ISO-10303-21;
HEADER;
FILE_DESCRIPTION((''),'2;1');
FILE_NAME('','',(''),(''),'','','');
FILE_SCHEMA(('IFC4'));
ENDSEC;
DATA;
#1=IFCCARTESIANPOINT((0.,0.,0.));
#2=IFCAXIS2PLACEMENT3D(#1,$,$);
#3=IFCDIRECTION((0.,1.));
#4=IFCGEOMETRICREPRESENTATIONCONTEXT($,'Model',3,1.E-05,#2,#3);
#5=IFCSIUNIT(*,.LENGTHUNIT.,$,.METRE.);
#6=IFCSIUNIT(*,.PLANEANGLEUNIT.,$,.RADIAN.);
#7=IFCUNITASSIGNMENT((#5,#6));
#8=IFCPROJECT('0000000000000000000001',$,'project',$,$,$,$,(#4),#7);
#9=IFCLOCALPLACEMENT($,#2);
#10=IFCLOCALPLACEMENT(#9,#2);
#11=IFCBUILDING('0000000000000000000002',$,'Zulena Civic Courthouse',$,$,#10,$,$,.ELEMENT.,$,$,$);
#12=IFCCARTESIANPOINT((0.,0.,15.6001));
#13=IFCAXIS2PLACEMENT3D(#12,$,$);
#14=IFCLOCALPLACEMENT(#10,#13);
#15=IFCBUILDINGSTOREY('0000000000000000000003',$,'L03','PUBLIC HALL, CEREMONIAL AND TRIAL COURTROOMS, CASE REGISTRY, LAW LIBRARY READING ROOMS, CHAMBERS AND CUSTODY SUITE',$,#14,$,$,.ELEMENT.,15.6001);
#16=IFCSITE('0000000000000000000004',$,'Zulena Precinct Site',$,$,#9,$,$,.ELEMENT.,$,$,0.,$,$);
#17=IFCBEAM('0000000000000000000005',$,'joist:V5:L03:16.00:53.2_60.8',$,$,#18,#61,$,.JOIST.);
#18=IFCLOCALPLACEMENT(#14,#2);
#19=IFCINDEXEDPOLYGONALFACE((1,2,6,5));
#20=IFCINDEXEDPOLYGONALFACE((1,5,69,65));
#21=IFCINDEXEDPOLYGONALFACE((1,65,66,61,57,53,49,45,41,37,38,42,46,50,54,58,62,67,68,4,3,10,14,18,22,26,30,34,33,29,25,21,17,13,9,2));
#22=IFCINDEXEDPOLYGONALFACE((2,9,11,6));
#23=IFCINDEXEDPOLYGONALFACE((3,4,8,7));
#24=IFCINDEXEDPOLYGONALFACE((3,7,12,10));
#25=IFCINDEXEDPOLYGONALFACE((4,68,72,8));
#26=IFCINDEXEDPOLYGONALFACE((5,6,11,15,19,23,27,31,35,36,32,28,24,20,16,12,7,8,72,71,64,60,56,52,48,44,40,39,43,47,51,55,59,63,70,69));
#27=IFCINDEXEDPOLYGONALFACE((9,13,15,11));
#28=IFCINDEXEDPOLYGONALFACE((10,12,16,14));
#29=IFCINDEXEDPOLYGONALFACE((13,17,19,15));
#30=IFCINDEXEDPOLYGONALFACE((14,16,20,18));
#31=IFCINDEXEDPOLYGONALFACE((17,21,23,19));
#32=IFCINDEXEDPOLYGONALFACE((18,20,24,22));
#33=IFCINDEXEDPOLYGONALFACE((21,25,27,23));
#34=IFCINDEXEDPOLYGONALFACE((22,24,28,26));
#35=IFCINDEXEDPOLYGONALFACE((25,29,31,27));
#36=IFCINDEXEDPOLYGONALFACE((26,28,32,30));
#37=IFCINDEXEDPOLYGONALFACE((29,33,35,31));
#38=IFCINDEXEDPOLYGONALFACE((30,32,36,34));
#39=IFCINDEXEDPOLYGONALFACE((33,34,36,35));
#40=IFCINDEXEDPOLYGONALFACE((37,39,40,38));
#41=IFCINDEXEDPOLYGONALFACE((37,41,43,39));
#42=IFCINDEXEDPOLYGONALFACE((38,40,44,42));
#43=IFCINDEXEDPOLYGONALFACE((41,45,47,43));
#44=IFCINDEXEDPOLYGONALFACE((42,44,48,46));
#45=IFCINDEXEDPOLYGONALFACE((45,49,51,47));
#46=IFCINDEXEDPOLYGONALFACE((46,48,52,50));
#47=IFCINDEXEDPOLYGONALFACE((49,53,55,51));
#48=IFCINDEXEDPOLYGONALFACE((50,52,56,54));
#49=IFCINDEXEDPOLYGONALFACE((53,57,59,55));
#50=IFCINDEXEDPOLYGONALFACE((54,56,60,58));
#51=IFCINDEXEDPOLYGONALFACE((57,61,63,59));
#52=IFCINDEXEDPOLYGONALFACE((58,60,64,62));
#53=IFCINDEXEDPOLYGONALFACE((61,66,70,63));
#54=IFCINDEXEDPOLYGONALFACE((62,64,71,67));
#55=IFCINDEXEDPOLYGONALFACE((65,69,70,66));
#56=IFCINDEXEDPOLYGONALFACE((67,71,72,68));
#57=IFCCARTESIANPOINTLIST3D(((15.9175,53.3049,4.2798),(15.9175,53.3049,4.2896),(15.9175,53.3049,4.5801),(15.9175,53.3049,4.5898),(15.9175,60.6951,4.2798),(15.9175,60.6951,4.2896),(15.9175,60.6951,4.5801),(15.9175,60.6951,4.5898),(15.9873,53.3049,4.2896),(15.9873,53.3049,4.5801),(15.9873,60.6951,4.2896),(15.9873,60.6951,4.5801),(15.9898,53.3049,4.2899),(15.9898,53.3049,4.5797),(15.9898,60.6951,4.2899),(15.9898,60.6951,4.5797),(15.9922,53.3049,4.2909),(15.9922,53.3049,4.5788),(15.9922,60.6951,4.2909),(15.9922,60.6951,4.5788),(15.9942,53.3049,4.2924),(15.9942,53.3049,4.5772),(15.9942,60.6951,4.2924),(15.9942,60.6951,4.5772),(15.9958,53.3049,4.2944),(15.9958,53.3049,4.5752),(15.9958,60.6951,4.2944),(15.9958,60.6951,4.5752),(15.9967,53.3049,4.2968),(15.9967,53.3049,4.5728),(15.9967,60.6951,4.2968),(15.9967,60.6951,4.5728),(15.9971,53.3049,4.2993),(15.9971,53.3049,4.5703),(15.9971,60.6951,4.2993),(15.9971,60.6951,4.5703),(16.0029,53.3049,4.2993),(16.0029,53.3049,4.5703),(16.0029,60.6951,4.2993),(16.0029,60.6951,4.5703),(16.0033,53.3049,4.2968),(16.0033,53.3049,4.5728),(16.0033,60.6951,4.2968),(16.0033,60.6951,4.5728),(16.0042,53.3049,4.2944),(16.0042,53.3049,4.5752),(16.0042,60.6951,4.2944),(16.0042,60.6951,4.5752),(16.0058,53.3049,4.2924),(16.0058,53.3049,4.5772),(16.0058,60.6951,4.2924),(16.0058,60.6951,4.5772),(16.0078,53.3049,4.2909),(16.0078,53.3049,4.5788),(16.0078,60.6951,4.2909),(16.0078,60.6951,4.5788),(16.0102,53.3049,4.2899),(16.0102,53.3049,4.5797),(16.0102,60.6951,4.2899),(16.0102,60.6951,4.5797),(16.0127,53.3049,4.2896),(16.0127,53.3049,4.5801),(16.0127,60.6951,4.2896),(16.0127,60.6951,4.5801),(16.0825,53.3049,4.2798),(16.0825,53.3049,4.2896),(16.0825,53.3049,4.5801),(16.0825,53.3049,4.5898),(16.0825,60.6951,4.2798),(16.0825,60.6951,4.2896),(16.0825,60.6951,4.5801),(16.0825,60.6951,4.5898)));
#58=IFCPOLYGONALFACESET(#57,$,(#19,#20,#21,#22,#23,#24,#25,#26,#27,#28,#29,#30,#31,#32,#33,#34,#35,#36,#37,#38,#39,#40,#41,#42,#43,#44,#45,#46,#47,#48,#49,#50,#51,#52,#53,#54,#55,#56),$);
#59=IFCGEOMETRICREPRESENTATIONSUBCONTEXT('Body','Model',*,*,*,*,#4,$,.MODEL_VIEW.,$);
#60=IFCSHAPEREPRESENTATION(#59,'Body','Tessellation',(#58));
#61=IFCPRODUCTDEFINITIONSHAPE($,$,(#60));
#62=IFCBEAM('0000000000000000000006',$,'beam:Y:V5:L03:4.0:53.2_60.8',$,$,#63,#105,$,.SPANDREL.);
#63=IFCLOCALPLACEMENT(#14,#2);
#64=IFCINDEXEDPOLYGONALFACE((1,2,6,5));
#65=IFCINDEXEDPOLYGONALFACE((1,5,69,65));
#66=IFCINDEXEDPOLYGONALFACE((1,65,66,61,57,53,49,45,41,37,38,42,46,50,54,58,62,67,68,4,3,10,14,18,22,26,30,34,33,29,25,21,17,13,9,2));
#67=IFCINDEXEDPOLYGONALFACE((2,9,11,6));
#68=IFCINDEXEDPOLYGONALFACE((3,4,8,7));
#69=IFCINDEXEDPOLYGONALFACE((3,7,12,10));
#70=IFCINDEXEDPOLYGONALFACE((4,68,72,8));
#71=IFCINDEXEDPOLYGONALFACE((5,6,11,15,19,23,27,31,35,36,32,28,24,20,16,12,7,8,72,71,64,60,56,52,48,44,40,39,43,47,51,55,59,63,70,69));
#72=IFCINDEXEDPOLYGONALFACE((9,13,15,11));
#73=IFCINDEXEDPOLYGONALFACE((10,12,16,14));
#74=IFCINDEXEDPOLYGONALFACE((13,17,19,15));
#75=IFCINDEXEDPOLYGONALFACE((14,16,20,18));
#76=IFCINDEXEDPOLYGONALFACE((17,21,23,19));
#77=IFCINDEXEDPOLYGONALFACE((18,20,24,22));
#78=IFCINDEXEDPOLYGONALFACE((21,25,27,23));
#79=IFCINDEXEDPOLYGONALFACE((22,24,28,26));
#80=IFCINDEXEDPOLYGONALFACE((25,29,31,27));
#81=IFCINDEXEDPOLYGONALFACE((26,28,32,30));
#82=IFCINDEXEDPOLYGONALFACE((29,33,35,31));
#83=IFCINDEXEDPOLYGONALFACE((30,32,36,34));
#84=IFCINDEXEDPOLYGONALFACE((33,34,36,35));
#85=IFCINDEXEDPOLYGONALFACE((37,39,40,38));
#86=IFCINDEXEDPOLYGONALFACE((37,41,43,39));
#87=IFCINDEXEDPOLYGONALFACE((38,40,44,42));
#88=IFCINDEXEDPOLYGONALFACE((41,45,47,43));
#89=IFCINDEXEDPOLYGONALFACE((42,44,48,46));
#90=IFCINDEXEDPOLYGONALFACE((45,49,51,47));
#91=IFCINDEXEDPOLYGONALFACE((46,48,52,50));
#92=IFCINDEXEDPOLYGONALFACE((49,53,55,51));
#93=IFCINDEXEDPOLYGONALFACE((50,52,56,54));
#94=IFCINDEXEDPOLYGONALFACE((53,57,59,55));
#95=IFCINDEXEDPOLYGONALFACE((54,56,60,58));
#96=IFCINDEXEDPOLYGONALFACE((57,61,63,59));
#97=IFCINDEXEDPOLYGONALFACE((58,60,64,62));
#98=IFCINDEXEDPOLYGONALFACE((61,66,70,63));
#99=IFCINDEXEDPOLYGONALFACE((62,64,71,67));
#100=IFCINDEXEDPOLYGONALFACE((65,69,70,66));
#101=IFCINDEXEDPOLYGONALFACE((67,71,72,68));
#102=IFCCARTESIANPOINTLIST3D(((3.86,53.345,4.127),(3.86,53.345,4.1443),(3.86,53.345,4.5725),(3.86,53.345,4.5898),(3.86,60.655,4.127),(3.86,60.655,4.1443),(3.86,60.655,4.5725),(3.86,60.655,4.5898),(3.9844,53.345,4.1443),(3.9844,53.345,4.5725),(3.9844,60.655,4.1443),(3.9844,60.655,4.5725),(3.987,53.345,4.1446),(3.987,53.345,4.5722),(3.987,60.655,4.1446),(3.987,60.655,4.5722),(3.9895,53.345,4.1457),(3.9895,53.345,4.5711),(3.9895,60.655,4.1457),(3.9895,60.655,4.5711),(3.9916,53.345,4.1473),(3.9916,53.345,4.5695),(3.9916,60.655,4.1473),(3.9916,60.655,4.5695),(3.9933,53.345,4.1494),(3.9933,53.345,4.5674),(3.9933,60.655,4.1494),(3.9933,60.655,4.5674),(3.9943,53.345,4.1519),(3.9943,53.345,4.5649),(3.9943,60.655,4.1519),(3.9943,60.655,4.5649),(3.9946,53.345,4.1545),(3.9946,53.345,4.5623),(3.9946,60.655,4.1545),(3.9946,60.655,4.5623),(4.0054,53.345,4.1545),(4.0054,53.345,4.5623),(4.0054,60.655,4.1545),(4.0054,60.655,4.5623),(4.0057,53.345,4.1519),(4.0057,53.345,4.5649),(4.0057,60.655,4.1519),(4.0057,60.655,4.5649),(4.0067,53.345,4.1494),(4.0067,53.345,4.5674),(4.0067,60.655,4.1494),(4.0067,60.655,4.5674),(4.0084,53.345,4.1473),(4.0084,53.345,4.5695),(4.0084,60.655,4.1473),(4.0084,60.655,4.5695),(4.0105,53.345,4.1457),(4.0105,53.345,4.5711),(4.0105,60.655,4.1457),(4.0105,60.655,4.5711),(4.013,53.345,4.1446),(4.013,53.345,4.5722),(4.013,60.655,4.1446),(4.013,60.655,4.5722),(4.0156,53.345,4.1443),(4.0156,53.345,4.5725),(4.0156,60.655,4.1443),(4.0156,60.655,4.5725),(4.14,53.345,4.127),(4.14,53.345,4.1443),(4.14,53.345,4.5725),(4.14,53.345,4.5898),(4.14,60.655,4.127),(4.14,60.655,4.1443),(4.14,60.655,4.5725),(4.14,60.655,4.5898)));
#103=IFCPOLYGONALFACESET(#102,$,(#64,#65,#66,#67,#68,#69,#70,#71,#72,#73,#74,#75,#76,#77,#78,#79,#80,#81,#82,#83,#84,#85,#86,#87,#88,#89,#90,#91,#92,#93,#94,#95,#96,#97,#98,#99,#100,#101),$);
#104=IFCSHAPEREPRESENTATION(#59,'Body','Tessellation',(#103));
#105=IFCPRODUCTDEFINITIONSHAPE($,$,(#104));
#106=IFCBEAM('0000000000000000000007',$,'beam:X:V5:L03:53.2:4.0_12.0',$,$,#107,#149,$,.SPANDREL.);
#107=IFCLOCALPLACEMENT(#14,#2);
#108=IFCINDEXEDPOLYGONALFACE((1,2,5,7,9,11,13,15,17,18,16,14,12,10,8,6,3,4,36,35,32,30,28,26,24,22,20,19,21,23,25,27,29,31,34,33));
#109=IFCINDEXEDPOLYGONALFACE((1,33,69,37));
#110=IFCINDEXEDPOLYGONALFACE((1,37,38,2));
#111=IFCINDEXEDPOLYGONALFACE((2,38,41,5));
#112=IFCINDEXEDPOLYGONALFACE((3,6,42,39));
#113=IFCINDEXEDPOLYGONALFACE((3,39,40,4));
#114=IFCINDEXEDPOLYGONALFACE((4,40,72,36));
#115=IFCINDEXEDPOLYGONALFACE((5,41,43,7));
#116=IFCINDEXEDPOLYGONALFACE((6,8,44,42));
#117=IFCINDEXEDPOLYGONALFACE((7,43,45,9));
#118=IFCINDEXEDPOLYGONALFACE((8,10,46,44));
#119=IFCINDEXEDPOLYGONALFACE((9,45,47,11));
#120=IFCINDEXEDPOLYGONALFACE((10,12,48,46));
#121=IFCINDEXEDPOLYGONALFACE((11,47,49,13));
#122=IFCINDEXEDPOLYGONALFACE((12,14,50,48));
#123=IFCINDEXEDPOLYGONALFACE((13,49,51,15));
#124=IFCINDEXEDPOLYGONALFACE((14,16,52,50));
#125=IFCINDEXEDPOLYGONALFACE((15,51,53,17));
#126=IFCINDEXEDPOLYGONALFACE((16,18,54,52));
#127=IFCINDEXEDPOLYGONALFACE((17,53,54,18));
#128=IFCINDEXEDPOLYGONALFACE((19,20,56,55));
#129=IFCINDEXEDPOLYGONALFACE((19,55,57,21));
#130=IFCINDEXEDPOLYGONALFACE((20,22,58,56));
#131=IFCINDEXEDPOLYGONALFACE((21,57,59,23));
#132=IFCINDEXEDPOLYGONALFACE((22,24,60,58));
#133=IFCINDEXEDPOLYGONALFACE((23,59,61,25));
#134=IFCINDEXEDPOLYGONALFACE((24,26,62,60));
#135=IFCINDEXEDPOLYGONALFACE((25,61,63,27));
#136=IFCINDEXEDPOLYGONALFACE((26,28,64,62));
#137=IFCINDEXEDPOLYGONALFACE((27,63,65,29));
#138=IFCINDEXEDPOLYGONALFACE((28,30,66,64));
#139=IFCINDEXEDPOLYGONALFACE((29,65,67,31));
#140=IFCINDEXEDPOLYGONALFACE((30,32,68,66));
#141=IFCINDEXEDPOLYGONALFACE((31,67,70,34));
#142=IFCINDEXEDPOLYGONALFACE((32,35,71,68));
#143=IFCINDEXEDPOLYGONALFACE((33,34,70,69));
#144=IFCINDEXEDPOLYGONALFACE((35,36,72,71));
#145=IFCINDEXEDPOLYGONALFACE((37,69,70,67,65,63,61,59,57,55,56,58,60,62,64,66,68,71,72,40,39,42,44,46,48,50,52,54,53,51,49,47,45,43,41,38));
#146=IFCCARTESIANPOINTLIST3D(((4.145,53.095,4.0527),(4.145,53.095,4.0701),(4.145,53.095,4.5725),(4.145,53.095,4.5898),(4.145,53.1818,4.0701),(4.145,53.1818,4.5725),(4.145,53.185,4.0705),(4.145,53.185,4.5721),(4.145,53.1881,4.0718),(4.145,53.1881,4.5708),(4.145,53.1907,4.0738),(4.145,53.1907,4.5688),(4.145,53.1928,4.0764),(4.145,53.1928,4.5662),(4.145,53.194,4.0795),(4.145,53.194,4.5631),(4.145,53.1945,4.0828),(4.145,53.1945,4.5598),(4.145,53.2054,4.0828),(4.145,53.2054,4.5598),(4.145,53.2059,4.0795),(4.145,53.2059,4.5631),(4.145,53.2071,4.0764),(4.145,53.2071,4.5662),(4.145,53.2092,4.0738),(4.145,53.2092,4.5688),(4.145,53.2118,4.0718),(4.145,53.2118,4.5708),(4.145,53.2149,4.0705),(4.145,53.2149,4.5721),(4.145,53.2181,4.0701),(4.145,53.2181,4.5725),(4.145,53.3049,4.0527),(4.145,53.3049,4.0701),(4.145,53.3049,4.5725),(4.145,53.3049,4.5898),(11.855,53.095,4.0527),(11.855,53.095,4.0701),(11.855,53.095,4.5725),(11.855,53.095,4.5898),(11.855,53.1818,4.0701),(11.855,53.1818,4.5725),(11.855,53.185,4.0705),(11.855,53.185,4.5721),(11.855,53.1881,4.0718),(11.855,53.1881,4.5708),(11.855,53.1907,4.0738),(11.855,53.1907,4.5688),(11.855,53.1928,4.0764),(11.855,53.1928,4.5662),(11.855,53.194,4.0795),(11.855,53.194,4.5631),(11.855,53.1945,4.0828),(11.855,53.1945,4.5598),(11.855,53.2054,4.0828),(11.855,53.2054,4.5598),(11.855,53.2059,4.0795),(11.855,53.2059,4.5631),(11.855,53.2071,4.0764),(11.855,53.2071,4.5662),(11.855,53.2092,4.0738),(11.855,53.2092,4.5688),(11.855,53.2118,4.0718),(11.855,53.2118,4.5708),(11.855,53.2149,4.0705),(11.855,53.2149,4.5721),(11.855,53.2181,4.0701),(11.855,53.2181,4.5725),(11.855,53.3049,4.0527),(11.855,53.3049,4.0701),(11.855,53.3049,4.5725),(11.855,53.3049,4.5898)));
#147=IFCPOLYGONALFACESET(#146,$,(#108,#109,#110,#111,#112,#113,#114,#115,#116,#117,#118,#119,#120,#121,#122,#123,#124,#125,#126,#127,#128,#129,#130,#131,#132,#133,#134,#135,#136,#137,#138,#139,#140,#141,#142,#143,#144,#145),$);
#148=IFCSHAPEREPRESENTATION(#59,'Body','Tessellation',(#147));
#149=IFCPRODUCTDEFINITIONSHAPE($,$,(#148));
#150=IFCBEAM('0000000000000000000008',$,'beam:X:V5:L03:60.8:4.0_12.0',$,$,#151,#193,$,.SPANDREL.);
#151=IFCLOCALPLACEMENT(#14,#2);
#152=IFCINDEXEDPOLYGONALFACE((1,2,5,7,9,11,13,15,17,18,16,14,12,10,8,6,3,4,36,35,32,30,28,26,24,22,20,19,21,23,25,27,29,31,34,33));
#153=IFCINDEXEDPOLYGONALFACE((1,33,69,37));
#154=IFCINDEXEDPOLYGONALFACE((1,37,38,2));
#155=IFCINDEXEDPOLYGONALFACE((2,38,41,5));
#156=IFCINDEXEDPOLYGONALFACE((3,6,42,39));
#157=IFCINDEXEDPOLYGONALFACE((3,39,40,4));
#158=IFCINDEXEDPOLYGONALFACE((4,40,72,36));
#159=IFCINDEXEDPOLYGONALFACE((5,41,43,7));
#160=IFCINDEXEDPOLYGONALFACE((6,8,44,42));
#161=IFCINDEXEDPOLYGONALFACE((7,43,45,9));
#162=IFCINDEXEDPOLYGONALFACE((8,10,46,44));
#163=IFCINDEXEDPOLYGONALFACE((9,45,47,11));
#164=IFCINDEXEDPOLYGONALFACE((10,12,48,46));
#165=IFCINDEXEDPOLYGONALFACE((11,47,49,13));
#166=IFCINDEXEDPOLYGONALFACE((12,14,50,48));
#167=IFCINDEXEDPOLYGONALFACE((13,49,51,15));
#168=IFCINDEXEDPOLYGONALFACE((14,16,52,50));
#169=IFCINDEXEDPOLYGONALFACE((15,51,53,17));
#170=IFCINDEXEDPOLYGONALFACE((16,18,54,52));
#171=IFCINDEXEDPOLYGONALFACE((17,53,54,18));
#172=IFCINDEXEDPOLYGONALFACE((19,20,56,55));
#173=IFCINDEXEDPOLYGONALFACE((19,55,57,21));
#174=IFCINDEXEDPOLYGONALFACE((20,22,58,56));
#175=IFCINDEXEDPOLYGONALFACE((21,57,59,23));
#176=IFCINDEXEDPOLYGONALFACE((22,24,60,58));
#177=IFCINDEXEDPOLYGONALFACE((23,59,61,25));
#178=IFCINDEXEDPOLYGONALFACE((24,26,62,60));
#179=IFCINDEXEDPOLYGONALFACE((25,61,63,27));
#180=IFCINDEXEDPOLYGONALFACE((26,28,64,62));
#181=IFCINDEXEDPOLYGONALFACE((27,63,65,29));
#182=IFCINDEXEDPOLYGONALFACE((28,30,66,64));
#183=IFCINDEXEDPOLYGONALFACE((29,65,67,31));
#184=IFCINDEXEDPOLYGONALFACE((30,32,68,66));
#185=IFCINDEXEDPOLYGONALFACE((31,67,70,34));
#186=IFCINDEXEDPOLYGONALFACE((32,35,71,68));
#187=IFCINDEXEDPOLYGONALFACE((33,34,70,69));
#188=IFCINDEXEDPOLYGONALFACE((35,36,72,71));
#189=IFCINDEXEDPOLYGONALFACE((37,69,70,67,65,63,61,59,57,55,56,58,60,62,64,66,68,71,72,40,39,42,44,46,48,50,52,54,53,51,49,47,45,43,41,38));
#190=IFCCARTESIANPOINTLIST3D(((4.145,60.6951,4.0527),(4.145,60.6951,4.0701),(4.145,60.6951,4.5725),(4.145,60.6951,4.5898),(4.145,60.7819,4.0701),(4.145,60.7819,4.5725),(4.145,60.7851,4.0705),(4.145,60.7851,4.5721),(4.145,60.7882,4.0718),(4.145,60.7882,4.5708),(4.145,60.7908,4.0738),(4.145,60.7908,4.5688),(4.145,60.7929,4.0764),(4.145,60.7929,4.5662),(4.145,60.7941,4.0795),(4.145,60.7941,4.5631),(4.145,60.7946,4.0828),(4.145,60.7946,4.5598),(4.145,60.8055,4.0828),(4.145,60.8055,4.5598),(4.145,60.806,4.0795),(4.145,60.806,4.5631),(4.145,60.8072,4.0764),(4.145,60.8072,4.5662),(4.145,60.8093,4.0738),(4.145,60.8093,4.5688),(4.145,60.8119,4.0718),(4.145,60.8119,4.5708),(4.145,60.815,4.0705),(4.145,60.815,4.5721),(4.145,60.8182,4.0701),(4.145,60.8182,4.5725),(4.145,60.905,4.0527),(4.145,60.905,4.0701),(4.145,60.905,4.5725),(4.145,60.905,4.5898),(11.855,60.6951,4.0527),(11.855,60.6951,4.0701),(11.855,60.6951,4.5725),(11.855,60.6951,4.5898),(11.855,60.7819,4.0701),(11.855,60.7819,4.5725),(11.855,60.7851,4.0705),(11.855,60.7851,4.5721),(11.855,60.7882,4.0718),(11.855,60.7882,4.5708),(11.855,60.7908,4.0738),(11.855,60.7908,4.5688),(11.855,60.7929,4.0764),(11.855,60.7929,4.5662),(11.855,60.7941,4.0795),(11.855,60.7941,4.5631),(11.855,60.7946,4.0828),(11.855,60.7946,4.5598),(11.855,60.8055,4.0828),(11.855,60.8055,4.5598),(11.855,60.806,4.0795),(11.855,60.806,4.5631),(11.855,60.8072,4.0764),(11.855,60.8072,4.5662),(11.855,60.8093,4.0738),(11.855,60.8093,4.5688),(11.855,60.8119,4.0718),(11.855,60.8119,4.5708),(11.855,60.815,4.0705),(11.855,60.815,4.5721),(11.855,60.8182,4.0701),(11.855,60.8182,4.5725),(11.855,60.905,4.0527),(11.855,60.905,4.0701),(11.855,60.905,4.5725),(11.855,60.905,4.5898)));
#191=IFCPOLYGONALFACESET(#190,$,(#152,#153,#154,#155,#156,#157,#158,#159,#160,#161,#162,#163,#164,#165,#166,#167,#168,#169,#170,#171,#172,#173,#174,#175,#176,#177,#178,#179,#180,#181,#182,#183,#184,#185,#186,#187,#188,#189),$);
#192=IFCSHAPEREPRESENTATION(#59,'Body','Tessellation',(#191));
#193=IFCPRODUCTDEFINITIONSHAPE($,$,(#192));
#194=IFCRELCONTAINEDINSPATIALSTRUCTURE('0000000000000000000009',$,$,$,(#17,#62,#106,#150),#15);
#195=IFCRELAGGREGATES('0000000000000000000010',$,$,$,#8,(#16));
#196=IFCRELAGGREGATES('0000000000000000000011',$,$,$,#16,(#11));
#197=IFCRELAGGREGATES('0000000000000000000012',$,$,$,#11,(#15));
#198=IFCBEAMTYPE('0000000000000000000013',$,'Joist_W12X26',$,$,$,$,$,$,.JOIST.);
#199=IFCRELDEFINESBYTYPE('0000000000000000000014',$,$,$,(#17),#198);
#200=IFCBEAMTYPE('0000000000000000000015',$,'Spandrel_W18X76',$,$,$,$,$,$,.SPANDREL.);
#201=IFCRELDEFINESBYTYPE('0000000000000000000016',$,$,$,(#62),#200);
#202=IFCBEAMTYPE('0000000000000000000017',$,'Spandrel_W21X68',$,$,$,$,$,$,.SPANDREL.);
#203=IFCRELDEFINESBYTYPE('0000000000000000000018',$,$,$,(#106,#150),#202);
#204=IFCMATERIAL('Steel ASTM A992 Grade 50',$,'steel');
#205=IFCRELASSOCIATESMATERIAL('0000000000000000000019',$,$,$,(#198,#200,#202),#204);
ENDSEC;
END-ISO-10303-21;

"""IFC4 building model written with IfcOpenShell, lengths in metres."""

from ifc_helpers import new_model, si_unit, direction, frame, origin, origin_2d, place, context, subcontext, project, spatial, i_section, extrude, material, material_profile, profile_set, type_object, element, save


model = new_model("IFC4")

# Units and contexts
model_context = context("Model", 3, precision=1e-05, world=origin(), true_north=direction((0.0, 1.0)))
body_context = subcontext(model_context, "Body", "Model", "MODEL_VIEW")
ifc_project = project(units=[si_unit("LENGTHUNIT", "METRE"), si_unit("PLANEANGLEUNIT", "RADIAN")], contexts=[model_context])

# Site, building, storey
site_placement = place(None, origin())
site = spatial("IfcSite", under=ifc_project, at=site_placement, Name="Zulena Precinct Site", CompositionType="ELEMENT", RefElevation=0.0)
building_placement = place(site_placement, origin())
building = spatial("IfcBuilding", under=site, at=building_placement, Name="Zulena Civic Courthouse", CompositionType="ELEMENT")
storey_placement = place(building_placement, frame((0.0, 0.0, 15.6001)))
storey = spatial("IfcBuildingStorey", under=building, at=storey_placement, Name="L03", Description="PUBLIC HALL, CEREMONIAL AND TRIAL COURTROOMS, CASE REGISTRY, LAW LIBRARY READING ROOMS, CHAMBERS AND CUSTODY SUITE", CompositionType="ELEMENT", Elevation=15.6001)

# Shared definitions
ifc_material_1 = material(Name="Steel ASTM A992 Grade 50", Category="steel")

# Beams
ifc_material_profile_1 = material_profile(ifc_material_1, i_section(OverallWidth=0.165, OverallDepth=0.3101, WebThickness=0.0059, FlangeThickness=0.0098, FilletRadius=0.0098, at=origin_2d()), Name="W12X26")
ifc_profile_set_1 = profile_set([ifc_material_profile_1], Name="Steel ASTM A992 Grade 50")
beam_type_1 = type_object("IfcBeamType", Name="Joist_W12X26", PredefinedType="JOIST", material=ifc_profile_set_1)
for number, where, z_axis, x_axis, name in (
    (1, (16.0, 53.3049, 4.4348), (0.0, 1.0, 0.0), (-1.0, 0.0, 0.0), "joist:V5:L03:16.00:53.2_60.8"),
):
    element("IfcBeam", number, at=place(storey_placement, frame(where, z_axis=z_axis, x_axis=x_axis)), inside=storey, type_object=beam_type_1, Name=name, PredefinedType="JOIST", context=body_context, shape_type="SweptSolid", body=[
        extrude(i_section(OverallWidth=0.165, OverallDepth=0.3101, WebThickness=0.0059, FlangeThickness=0.0098, FilletRadius=0.0098, at=origin_2d()), origin(), (0.0, 0.0, 1.0), 7.3901),
    ])
ifc_material_profile_2 = material_profile(ifc_material_1, i_section(OverallWidth=0.28, OverallDepth=0.4629, WebThickness=0.0107, FlangeThickness=0.0173, FilletRadius=0.0103, at=origin_2d()), Name="W18X76")
ifc_profile_set_2 = profile_set([ifc_material_profile_2], Name="Steel ASTM A992 Grade 50")
beam_type_2 = type_object("IfcBeamType", Name="Spandrel_W18X76", PredefinedType="SPANDREL", material=ifc_profile_set_2)
beam_placement = place(storey_placement, frame((4.0, 53.345, 4.3584), z_axis=(0.0, 1.0, 0.0), x_axis=(-1.0, 0.0, 0.0)))
element("IfcBeam", 2, at=beam_placement, inside=storey, type_object=beam_type_2, Name="beam:Y:V5:L03:4.0:53.2_60.8", PredefinedType="SPANDREL", context=body_context, shape_type="SweptSolid", body=[
    extrude(i_section(OverallWidth=0.28, OverallDepth=0.4629, WebThickness=0.0107, FlangeThickness=0.0173, FilletRadius=0.0103, at=origin_2d()), origin(), (0.0, 0.0, 1.0), 7.3101),
])
ifc_material_profile_3 = material_profile(ifc_material_1, i_section(OverallWidth=0.21, OverallDepth=0.5371, WebThickness=0.011, FlangeThickness=0.0173, FilletRadius=0.0127, at=origin_2d()), Name="W21X68")
ifc_profile_set_3 = profile_set([ifc_material_profile_3], Name="Steel ASTM A992 Grade 50")
beam_type_3 = type_object("IfcBeamType", Name="Spandrel_W21X68", PredefinedType="SPANDREL", material=ifc_profile_set_3)
for number, where, z_axis, x_axis, name in (
    (3, (4.145, 53.2, 4.3213), (1.0, 0.0, 0.0), (0.0, 1.0, 0.0), "beam:X:V5:L03:53.2:4.0_12.0"),
    (4, (4.145, 60.8, 4.3213), (1.0, 0.0, 0.0), (0.0, 1.0, 0.0), "beam:X:V5:L03:60.8:4.0_12.0"),
):
    element("IfcBeam", number, at=place(storey_placement, frame(where, z_axis=z_axis, x_axis=x_axis)), inside=storey, type_object=beam_type_3, Name=name, PredefinedType="SPANDREL", context=body_context, shape_type="SweptSolid", body=[
        extrude(i_section(OverallWidth=0.21, OverallDepth=0.5371, WebThickness=0.011, FlangeThickness=0.0173, FilletRadius=0.0127, at=origin_2d()), origin(), (0.0, 0.0, 1.0), 7.71),
    ])

save(model, "model.ifc")
